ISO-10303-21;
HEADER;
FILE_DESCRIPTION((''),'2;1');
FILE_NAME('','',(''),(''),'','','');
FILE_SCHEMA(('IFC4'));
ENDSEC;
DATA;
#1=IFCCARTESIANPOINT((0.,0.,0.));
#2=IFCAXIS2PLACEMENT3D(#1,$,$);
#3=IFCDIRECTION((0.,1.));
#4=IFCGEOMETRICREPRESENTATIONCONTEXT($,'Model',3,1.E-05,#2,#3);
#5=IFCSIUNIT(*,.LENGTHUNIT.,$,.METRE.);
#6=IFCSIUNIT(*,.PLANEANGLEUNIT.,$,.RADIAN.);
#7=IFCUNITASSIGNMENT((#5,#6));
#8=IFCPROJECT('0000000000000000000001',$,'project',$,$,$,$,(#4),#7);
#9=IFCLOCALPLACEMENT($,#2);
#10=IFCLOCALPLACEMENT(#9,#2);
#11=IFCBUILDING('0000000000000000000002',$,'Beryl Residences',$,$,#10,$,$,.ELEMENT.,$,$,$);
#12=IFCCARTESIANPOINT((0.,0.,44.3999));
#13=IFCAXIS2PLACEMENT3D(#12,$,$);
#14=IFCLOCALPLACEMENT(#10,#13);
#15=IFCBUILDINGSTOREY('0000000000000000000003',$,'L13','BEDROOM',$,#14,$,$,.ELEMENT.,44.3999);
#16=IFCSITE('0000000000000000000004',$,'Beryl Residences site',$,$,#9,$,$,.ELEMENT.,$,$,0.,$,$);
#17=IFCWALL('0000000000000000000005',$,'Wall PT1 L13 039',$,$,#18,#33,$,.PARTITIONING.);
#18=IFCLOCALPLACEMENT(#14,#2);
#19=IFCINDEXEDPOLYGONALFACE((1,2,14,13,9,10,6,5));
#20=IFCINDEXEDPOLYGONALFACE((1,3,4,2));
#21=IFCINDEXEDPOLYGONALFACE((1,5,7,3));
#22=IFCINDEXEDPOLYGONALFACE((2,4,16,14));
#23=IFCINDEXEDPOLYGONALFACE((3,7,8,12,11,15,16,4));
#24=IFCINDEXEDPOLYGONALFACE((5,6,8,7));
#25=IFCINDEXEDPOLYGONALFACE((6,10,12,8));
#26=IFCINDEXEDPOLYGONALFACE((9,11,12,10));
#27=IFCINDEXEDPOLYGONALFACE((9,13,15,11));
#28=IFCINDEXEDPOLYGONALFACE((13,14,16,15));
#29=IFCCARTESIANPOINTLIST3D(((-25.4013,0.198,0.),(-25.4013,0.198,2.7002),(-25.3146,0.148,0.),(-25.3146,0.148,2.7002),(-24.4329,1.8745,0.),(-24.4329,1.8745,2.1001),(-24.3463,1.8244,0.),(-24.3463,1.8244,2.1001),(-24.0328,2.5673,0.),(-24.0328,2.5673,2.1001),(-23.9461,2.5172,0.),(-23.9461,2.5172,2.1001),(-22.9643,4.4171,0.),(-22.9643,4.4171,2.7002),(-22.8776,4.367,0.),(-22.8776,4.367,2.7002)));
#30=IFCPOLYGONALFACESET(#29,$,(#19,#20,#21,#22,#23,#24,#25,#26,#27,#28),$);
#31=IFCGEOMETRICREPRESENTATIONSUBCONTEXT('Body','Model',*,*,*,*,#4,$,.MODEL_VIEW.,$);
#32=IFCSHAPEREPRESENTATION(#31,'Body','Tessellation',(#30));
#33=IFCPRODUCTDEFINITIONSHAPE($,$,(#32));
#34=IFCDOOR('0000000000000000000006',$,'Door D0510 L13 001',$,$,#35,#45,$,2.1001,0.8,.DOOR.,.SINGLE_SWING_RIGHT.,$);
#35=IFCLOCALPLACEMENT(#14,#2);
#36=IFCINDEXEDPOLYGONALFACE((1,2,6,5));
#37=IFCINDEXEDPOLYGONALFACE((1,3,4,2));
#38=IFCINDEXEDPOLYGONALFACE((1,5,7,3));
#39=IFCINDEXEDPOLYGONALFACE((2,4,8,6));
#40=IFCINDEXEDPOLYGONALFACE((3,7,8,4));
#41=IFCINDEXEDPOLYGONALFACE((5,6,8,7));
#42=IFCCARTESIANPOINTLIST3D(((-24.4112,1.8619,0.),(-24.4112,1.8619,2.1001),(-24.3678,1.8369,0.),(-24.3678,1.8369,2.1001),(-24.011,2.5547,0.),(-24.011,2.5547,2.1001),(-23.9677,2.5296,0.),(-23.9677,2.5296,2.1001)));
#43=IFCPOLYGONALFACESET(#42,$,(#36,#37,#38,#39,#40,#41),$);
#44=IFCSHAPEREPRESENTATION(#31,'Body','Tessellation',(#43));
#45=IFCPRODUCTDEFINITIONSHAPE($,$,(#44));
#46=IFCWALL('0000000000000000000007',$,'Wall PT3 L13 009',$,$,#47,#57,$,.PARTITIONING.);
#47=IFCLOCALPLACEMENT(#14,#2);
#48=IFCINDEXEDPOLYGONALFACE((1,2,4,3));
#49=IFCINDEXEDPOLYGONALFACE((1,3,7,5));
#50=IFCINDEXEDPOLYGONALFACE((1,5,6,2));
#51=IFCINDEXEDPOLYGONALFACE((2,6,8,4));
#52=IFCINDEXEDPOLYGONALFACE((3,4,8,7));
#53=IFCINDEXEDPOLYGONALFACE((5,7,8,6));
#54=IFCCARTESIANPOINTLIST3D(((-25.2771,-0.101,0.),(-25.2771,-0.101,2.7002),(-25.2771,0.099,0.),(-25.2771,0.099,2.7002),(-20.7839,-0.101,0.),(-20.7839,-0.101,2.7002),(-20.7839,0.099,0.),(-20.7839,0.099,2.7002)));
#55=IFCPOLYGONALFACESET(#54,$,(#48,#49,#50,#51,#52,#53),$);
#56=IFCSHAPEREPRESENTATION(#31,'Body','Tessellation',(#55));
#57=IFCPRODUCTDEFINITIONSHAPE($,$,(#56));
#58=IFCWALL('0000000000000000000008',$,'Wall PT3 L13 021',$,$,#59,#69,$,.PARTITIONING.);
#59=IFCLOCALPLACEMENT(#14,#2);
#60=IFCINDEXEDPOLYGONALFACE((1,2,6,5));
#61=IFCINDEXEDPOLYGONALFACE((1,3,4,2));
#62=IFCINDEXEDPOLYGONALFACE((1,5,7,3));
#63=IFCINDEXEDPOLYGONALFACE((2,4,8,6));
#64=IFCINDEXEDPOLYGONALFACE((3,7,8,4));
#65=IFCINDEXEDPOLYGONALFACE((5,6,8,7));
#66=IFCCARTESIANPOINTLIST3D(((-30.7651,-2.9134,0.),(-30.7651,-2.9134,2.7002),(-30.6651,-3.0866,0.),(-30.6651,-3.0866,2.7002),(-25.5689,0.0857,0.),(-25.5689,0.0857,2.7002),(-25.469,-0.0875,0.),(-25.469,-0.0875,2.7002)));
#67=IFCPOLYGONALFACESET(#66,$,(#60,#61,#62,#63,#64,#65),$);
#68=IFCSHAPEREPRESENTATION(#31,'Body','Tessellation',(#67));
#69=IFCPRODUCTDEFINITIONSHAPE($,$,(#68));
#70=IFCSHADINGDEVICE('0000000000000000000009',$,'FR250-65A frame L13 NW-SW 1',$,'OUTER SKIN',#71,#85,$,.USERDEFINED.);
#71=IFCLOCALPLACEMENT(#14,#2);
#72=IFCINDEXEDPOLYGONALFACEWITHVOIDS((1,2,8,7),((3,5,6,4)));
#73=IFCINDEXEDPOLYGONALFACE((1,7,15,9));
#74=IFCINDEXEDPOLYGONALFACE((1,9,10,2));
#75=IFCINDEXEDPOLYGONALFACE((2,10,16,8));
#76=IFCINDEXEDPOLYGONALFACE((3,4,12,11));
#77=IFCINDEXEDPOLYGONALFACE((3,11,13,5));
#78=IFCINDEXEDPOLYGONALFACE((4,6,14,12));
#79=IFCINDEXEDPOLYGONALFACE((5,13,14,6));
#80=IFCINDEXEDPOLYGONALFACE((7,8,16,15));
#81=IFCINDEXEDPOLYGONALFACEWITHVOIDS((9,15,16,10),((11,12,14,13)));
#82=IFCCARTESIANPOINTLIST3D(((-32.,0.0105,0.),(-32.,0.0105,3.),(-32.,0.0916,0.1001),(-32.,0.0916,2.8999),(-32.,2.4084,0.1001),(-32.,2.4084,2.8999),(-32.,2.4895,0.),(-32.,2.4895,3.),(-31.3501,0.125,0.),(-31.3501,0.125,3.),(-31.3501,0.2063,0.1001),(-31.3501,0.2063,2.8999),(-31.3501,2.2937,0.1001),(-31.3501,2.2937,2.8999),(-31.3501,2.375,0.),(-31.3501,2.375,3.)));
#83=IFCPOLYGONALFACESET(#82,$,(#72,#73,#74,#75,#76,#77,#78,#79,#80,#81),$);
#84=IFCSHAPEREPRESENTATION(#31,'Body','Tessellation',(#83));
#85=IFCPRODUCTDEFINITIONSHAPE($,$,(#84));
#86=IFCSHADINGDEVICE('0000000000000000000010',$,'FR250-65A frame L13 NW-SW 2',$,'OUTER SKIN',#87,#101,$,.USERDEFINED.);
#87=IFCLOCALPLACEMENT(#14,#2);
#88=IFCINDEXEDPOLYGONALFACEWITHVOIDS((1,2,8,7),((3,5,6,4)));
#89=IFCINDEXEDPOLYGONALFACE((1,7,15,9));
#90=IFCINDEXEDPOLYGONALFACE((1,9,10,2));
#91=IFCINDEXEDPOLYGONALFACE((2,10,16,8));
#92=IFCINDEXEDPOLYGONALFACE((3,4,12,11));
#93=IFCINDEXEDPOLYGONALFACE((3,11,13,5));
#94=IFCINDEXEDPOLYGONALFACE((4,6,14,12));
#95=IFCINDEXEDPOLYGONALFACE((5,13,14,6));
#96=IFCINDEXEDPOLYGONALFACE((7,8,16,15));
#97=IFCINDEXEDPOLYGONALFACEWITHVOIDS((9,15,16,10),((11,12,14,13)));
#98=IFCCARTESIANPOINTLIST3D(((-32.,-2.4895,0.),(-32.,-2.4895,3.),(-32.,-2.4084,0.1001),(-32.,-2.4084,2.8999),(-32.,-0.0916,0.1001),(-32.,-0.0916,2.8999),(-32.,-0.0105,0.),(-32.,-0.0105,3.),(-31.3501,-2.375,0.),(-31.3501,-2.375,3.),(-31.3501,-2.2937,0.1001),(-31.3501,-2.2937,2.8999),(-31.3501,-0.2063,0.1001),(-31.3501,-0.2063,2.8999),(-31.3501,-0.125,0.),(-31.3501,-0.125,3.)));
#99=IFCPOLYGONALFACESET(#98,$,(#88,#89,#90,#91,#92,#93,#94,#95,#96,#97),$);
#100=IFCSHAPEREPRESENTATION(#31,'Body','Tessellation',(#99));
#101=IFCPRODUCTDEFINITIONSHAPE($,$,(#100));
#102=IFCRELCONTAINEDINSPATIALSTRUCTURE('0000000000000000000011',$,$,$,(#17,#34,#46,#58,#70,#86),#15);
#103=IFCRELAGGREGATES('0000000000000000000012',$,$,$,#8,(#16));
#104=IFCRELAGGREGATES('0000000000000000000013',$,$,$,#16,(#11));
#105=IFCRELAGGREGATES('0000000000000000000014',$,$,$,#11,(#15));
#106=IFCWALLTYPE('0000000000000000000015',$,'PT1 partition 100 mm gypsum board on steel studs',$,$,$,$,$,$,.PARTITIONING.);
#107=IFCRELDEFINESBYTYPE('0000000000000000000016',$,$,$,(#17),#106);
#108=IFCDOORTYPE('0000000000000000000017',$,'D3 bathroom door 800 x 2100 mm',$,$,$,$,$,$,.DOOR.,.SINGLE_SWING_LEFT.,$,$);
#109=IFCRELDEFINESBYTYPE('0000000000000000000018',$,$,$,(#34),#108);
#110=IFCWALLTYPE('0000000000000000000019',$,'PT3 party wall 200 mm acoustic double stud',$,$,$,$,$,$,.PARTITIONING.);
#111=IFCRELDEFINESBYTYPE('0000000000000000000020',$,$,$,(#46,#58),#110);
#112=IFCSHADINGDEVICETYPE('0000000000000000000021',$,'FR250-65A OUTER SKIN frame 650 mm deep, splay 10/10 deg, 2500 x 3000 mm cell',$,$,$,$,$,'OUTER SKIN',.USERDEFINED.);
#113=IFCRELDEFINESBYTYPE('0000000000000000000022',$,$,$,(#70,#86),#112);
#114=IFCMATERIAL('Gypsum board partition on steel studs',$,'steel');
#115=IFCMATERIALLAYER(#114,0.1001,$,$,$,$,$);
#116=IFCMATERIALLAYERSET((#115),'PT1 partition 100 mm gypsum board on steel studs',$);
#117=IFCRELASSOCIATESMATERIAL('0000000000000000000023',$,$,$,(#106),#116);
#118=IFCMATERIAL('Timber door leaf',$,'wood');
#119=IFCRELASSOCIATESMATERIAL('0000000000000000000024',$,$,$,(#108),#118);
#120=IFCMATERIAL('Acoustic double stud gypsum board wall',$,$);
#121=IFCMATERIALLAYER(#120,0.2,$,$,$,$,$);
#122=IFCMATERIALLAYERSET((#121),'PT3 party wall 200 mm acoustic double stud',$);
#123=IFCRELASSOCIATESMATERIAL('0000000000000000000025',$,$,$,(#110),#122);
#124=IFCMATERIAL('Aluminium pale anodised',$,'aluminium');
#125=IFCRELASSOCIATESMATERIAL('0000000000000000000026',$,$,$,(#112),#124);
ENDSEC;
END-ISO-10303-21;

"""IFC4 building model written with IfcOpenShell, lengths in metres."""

from ifc_helpers import new_model, entity, si_unit, direction, frame, frame_2d, origin, place, context, subcontext, project, spatial, rectangle, extrude, source, transform, mapped, material, layer, layer_set, type_object, type_shapes, element, fill, save


model = new_model("IFC4")

# Units and contexts
model_context = context("Model", 3, precision=1e-05, world=origin(), true_north=direction((0.0, 1.0)))
body_context = subcontext(model_context, "Body", "Model", "MODEL_VIEW")
ifc_project = project(units=[si_unit("LENGTHUNIT", "METRE"), si_unit("PLANEANGLEUNIT", "RADIAN")], contexts=[model_context])

# Site, building, storey
site_placement = place(None, origin())
site = spatial("IfcSite", under=ifc_project, at=site_placement, Name="Beryl Residences site", CompositionType="ELEMENT", RefElevation=0.0)
building_placement = place(site_placement, origin())
building = spatial("IfcBuilding", under=site, at=building_placement, Name="Beryl Residences", CompositionType="ELEMENT")
storey_placement = place(building_placement, frame((0.0, 0.0, 44.3999)))
storey = spatial("IfcBuildingStorey", under=building, at=storey_placement, Name="L13", Description="BEDROOM", CompositionType="ELEMENT", Elevation=44.3999)

# Wall, opening, door
ifc_material_1 = material(Name="Gypsum board partition on steel studs", Category="steel")
ifc_layer_1 = layer(ifc_material_1, 0.1001)
ifc_layer_set_1 = layer_set([ifc_layer_1], Name="PT1 partition 100 mm gypsum board on steel studs")
wall_type_1 = type_object("IfcWallType", Name="PT1 partition 100 mm gypsum board on steel studs", PredefinedType="PARTITIONING", material=ifc_layer_set_1)
ifc_material_2 = material(Name="Timber door leaf", Category="wood")
door_type = type_object("IfcDoorType", Name="D3 bathroom door 800 x 2100 mm", OperationType="SINGLE_SWING_LEFT", PredefinedType="DOOR", material=ifc_material_2)
wall_1_placement = place(storey_placement, frame((-25.3579, 0.1731, 0.0), z_axis=(0.0, 0.0, 1.0), x_axis=(0.500181, 0.865921, 0.0)))
wall_1 = element("IfcWall", 1, at=wall_1_placement, inside=storey, type_object=wall_type_1, Name="Wall PT1 L13 039", PredefinedType="PARTITIONING", context=body_context, shape_type="SweptSolid", body=[
    extrude(rectangle(XDim=4.8723, YDim=0.1001, at=frame_2d((2.436, 0.0))), origin(), (0.0, 0.0, 1.0), 2.7002),
])
opening_1_placement = place(wall_1_placement, frame((1.936, 0.0, 0.0)))
opening_1 = element("IfcOpeningElement", 2, at=opening_1_placement, cuts=wall_1, PredefinedType="OPENING", context=body_context, shape_type="SweptSolid", body=[
    extrude(rectangle(XDim=0.8, YDim=2.1001, at=frame_2d((0.3999, 1.05))), frame((0.0, 0.0601, 0.0), z_axis=(0.0, -1.0, 0.0), x_axis=(1.0, 0.0, 0.0)), (0.0, 0.0, 1.0), 0.1201),
])
door_1_placement = place(opening_1_placement, origin())
door_1 = element("IfcDoor", 3, at=door_1_placement, inside=storey, type_object=door_type, Name="Door D0510 L13 001", OperationType="SINGLE_SWING_RIGHT", OverallHeight=2.1001, OverallWidth=0.8, PredefinedType="DOOR", context=body_context, shape_type="SweptSolid", body=[
    extrude(rectangle(XDim=0.8, YDim=2.1001, at=frame_2d((0.3999, 1.05))), frame((0.0, 0.0249, 0.0), z_axis=(0.0, -1.0, 0.0), x_axis=(1.0, 0.0, 0.0)), (0.0, 0.0, 1.0), 0.05),
])
fill(opening_1, door_1)

# Walls
ifc_material_3 = material(Name="Acoustic double stud gypsum board wall")
ifc_layer_2 = layer(ifc_material_3, 0.2)
ifc_layer_set_2 = layer_set([ifc_layer_2], Name="PT3 party wall 200 mm acoustic double stud")
wall_type_2 = type_object("IfcWallType", Name="PT3 party wall 200 mm acoustic double stud", PredefinedType="PARTITIONING", material=ifc_layer_set_2)
wall_2_placement = place(storey_placement, frame((-25.2771, -0.001, 0.0), z_axis=(0.0, 0.0, 1.0), x_axis=(1.0, 0.0, 0.0)))
element("IfcWall", 4, at=wall_2_placement, inside=storey, type_object=wall_type_2, Name="Wall PT3 L13 009", PredefinedType="PARTITIONING", context=body_context, shape_type="SweptSolid", body=[
    extrude(rectangle(XDim=4.4932, YDim=0.2, at=frame_2d((2.2466, 0.0))), origin(), (0.0, 0.0, 1.0), 2.7002),
])
wall_3_placement = place(storey_placement, frame((-30.7151, -3.0, 0.0), z_axis=(0.0, 0.0, 1.0), x_axis=(0.866091, 0.499886, 0.0)))
element("IfcWall", 5, at=wall_3_placement, inside=storey, type_object=wall_type_2, Name="Wall PT3 L13 021", PredefinedType="PARTITIONING", context=body_context, shape_type="SweptSolid", body=[
    extrude(rectangle(XDim=5.9995, YDim=0.2, at=frame_2d((2.9998, 0.0))), origin(), (0.0, 0.0, 1.0), 2.7002),
])

# Shading devices
ifc_material_4 = material(Name="Aluminium pale anodised", Category="aluminium")
shading_device_type = type_object("IfcShadingDeviceType", Name="FR250-65A OUTER SKIN frame 650 mm deep, splay 10/10 deg, 2500 x 3000 mm cell", ElementType="OUTER SKIN", PredefinedType="USERDEFINED", material=ifc_material_4)
cartesian_point_1 = entity("IfcCartesianPoint", [-1.125, 0.0])
cartesian_point_2 = entity("IfcCartesianPoint", [-1.0437, 0.1001])
cartesian_point_3 = entity("IfcCartesianPoint", [-1.2395, 0.0])
cartesian_point_4 = entity("IfcCartesianPoint", [-1.1584, 0.1001])
shared_shape = source(origin(), body_context, "Body", "SweptSolid", [
    entity("IfcExtrudedAreaSolidTapered", entity("IfcArbitraryProfileDefWithVoids", "AREA", None, entity("IfcPolyline", [cartesian_point_1, entity("IfcCartesianPoint", [1.125, 0.0]), entity("IfcCartesianPoint", [1.125, 3.0]), entity("IfcCartesianPoint", [-1.125, 3.0]), cartesian_point_1]), [entity("IfcPolyline", [cartesian_point_2, entity("IfcCartesianPoint", [1.0437, 0.1001]), entity("IfcCartesianPoint", [1.0437, 2.8999]), entity("IfcCartesianPoint", [-1.0437, 2.8999]), cartesian_point_2])]), entity("IfcAxis2Placement3D", entity("IfcCartesianPoint", [0.0, 0.0, 0.0]), entity("IfcDirection", [0.0, 1.0, 0.0]), entity("IfcDirection", [-1.0, 0.0, 0.0])), entity("IfcDirection", [0.0, 0.0, 1.0]), 0.6499, entity("IfcArbitraryProfileDefWithVoids", "AREA", None, entity("IfcPolyline", [cartesian_point_3, entity("IfcCartesianPoint", [1.2395, 0.0]), entity("IfcCartesianPoint", [1.2395, 3.0]), entity("IfcCartesianPoint", [-1.2395, 3.0]), cartesian_point_3]), [entity("IfcPolyline", [cartesian_point_4, entity("IfcCartesianPoint", [1.1584, 0.1001]), entity("IfcCartesianPoint", [1.1584, 2.8999]), entity("IfcCartesianPoint", [-1.1584, 2.8999]), cartesian_point_4])])),
])
type_shapes(shading_device_type, [shared_shape])
for number, where, z_axis, x_axis, name in (
    (6, (-31.3501, 1.25, 0.0), (0.0, 0.0, 1.0), (0.0, 1.0, 0.0), "FR250-65A frame L13 NW-SW 1"),
    (7, (-31.3501, -1.25, 0.0), (0.0, 0.0, 1.0), (0.0, 1.0, 0.0), "FR250-65A frame L13 NW-SW 2"),
):
    element("IfcShadingDevice", number, at=place(storey_placement, frame(where, z_axis=z_axis, x_axis=x_axis)), inside=storey, type_object=shading_device_type, Name=name, ObjectType="OUTER SKIN", PredefinedType="USERDEFINED", context=body_context, shape_type="MappedRepresentation", body=[
        mapped(shared_shape, transform((0.0, 0.0, 0.0))),
    ])

save(model, "model.ifc")
